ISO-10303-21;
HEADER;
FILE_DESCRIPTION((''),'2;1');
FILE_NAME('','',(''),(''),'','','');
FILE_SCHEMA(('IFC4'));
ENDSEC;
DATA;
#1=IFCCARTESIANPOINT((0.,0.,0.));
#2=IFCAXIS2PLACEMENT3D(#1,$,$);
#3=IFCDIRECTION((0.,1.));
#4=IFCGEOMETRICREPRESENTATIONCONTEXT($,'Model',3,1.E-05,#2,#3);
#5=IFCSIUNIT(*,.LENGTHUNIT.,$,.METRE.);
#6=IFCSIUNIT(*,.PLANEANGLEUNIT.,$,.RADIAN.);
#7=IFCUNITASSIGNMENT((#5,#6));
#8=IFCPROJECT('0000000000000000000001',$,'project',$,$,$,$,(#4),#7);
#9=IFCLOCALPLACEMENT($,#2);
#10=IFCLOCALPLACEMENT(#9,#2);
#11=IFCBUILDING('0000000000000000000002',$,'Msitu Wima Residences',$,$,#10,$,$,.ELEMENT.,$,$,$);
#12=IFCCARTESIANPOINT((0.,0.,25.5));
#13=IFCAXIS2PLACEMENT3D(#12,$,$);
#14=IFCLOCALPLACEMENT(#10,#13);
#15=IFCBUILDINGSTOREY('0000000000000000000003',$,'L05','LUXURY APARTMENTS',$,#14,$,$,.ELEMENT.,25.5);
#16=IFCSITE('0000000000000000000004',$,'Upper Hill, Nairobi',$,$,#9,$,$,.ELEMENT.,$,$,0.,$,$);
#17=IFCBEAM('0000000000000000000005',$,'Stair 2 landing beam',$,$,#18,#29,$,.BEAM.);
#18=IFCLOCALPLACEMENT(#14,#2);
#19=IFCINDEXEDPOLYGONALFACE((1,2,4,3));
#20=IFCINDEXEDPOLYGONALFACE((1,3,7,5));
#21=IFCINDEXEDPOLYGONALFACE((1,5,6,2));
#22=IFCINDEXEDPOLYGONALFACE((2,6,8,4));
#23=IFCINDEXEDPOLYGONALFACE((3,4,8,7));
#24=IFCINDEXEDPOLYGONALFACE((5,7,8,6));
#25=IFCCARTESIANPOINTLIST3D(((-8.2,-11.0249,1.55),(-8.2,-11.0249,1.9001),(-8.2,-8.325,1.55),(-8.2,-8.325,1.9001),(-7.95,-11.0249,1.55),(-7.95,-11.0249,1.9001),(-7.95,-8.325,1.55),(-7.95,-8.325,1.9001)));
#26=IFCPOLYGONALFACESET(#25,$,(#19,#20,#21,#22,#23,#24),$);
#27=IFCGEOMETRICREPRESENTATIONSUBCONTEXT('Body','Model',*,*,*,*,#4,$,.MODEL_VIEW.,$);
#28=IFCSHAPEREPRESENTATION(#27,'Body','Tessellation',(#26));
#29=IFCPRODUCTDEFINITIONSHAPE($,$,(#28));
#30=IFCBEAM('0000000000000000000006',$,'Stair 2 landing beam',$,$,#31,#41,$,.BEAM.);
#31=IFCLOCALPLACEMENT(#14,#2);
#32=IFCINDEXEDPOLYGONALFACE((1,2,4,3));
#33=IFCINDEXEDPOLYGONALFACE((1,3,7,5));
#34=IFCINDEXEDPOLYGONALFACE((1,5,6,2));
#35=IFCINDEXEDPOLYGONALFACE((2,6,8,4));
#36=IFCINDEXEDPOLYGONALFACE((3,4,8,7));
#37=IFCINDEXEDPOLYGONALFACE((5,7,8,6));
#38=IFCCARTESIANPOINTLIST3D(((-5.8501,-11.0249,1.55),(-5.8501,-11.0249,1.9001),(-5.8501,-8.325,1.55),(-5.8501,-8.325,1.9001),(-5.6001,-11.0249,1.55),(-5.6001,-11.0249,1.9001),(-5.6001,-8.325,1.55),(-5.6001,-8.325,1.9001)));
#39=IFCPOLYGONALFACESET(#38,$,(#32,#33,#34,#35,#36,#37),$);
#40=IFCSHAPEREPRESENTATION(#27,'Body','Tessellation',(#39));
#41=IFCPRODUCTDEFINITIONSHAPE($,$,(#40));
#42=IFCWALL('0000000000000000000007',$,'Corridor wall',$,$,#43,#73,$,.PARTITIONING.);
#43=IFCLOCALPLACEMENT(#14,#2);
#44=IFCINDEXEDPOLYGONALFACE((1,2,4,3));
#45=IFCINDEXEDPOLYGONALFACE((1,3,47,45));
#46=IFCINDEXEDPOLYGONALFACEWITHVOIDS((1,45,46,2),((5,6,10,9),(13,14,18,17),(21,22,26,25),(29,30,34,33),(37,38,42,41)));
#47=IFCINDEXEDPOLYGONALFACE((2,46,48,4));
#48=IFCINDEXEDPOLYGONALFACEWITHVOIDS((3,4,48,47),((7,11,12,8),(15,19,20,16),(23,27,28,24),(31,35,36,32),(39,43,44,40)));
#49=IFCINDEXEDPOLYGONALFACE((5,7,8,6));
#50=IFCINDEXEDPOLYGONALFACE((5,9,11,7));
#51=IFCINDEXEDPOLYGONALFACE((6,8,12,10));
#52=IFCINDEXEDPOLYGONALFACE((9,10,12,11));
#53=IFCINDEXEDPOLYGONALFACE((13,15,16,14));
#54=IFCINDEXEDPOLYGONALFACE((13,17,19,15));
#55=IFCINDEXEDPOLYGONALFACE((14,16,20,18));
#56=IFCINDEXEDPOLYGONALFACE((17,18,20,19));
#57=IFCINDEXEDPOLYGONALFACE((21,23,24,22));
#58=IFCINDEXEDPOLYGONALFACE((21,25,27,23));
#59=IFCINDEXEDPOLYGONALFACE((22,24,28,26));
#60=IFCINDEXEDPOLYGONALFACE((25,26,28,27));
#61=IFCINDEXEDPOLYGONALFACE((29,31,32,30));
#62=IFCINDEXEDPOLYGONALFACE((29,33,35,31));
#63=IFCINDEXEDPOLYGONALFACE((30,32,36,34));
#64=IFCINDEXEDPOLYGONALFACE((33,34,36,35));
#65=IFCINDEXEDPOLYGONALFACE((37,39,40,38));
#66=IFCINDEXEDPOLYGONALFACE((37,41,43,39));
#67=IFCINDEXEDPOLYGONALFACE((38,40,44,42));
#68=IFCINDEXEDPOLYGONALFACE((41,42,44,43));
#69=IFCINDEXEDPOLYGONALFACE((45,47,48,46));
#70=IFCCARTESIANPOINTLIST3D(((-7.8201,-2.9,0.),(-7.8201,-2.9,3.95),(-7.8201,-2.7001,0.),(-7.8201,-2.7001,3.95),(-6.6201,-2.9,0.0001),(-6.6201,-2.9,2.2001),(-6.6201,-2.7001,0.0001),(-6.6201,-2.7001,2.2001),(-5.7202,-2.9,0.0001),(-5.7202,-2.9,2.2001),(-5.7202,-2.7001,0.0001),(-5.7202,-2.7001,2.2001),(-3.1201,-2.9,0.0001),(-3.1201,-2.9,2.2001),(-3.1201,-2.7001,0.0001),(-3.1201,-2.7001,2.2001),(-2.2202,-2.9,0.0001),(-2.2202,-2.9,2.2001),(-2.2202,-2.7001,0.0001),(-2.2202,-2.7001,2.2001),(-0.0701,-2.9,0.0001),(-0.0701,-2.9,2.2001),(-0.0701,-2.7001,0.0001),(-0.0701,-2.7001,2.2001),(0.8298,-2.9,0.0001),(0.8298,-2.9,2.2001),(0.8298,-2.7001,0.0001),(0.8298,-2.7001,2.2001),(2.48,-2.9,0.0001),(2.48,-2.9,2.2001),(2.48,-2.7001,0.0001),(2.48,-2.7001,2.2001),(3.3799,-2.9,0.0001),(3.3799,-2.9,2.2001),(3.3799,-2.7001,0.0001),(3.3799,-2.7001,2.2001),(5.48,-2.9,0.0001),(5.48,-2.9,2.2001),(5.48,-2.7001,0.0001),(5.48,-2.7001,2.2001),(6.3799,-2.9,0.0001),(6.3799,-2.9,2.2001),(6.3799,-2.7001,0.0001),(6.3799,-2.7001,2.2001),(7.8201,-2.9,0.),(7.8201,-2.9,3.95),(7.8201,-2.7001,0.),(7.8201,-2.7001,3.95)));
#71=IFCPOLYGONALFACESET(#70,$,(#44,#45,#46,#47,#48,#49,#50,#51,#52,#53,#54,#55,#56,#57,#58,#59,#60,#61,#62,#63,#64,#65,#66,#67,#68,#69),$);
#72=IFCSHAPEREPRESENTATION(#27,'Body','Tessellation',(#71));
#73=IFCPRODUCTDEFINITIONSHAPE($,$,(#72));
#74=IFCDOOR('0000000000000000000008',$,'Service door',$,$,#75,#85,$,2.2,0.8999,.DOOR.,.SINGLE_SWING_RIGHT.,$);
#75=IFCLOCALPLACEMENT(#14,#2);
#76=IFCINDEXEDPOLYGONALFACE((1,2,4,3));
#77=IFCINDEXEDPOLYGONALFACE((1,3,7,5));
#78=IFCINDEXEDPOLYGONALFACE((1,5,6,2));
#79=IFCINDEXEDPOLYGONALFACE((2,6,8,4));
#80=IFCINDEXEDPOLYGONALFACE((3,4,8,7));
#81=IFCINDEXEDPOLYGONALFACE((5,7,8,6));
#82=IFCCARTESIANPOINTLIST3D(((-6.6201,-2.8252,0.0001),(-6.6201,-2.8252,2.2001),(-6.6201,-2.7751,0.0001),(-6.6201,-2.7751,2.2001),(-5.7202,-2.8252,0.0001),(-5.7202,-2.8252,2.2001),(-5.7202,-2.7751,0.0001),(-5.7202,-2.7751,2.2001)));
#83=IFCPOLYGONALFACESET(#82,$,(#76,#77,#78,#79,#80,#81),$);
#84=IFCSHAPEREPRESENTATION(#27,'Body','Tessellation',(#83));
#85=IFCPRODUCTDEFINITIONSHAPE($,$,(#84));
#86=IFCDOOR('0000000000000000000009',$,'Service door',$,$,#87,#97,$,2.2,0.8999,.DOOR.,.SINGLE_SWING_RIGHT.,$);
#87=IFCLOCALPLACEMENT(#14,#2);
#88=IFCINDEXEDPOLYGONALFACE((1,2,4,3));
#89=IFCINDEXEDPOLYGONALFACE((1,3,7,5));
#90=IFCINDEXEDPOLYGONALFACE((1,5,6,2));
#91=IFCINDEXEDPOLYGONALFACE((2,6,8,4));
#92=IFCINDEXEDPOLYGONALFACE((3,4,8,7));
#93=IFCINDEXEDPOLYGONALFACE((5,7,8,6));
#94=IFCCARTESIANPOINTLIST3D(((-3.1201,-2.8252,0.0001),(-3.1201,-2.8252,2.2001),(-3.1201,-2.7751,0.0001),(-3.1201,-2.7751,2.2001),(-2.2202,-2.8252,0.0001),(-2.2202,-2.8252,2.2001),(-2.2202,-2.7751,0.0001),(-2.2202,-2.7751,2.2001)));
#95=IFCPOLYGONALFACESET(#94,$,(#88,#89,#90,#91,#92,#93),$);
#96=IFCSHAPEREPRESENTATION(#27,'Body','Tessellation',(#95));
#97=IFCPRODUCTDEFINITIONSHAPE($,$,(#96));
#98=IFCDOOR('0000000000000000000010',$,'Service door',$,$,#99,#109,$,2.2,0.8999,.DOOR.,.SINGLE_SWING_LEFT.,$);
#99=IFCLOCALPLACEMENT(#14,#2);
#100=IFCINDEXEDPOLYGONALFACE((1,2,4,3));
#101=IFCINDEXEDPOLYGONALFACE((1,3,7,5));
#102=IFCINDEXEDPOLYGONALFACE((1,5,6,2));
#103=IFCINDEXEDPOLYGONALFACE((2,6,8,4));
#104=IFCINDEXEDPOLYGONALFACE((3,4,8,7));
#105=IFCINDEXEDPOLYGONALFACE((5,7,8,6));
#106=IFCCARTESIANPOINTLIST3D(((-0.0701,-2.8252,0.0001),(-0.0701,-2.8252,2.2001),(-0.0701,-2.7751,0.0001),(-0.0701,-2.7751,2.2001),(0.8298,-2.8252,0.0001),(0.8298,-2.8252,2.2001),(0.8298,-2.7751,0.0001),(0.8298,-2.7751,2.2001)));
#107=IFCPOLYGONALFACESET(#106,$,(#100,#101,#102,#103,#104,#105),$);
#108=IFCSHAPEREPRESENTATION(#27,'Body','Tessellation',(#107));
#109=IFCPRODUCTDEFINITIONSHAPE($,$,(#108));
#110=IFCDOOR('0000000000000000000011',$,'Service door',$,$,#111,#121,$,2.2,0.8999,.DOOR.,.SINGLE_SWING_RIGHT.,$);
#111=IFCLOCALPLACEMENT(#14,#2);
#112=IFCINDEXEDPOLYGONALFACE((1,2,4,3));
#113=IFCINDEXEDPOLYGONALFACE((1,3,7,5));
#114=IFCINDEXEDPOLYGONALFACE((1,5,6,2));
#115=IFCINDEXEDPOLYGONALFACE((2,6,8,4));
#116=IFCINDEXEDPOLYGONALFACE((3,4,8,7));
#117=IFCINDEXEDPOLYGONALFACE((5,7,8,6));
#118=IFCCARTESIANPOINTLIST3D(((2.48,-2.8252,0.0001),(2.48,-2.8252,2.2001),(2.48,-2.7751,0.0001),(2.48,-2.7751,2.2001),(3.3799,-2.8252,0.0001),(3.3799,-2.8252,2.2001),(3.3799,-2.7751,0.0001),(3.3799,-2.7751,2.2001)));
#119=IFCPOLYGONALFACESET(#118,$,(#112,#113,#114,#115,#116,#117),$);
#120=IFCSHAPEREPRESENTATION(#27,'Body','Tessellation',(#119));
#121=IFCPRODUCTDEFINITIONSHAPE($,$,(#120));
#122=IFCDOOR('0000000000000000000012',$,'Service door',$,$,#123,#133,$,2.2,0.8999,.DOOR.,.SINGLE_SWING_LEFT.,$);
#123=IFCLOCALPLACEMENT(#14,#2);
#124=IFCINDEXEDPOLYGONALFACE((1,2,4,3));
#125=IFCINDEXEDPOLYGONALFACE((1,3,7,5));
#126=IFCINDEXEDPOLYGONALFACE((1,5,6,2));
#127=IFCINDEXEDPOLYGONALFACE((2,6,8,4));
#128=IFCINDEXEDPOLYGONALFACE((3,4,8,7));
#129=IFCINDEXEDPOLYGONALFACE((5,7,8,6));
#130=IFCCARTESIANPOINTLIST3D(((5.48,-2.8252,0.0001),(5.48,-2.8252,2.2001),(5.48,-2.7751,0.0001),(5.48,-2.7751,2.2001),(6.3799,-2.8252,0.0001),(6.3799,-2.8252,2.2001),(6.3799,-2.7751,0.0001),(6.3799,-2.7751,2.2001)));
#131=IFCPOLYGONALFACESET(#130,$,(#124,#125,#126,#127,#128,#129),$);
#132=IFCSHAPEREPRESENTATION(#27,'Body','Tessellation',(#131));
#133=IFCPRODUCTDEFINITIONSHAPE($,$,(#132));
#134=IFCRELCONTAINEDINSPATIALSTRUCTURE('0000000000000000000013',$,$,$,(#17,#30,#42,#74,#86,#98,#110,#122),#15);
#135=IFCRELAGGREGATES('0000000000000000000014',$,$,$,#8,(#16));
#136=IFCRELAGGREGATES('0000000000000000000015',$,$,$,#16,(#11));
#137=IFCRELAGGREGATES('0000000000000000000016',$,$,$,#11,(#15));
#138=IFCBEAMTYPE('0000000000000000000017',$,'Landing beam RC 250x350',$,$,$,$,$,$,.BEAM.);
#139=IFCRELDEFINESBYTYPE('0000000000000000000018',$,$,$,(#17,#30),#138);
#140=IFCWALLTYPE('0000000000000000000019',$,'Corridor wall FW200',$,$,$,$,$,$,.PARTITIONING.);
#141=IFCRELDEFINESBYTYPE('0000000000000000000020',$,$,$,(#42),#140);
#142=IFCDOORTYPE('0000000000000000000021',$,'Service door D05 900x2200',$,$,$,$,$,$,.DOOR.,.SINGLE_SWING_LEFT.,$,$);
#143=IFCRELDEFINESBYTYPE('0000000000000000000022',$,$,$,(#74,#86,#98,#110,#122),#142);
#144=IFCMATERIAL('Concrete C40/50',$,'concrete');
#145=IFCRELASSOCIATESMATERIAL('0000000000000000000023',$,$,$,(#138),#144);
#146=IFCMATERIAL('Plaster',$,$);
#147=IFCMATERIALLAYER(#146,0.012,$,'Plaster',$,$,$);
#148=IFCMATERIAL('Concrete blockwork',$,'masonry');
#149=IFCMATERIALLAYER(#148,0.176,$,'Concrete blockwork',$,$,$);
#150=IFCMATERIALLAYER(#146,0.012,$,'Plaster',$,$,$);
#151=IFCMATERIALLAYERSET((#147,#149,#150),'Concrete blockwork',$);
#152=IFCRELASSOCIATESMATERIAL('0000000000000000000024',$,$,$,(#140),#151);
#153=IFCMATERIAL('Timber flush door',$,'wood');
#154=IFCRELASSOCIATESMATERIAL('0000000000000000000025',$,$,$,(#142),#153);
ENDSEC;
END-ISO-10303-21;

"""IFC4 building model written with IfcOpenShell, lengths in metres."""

from ifc_helpers import new_model, si_unit, direction, frame, frame_2d, origin, origin_2d, place, context, subcontext, project, spatial, rectangle, extrude, material, layer, layer_set, material_profile, profile_set, type_object, element, fill, save


model = new_model("IFC4")

# Units and contexts
model_context = context("Model", 3, precision=1e-05, world=origin(), true_north=direction((0.0, 1.0)))
body_context = subcontext(model_context, "Body", "Model", "MODEL_VIEW")
ifc_project = project(units=[si_unit("LENGTHUNIT", "METRE"), si_unit("PLANEANGLEUNIT", "RADIAN")], contexts=[model_context])

# Site, building, storey
site_placement = place(None, origin())
site = spatial("IfcSite", under=ifc_project, at=site_placement, Name="Upper Hill, Nairobi", CompositionType="ELEMENT", RefElevation=0.0)
building_placement = place(site_placement, origin())
building = spatial("IfcBuilding", under=site, at=building_placement, Name="Msitu Wima Residences", CompositionType="ELEMENT")
storey_placement = place(building_placement, frame((0.0, 0.0, 25.5)))
storey = spatial("IfcBuildingStorey", under=building, at=storey_placement, Name="L05", Description="LUXURY APARTMENTS", CompositionType="ELEMENT", Elevation=25.5)

# Beams
ifc_material_1 = material(Name="Concrete C40/50", Category="concrete")
ifc_material_profile = material_profile(ifc_material_1, rectangle(XDim=0.25, YDim=0.3501, at=origin_2d()), Name="RC 250x350")
ifc_profile_set = profile_set([ifc_material_profile], Name="Concrete C40/50")
beam_type = type_object("IfcBeamType", Name="Landing beam RC 250x350", PredefinedType="BEAM", material=ifc_profile_set)
for number, where, z_axis, x_axis, name in (
    (1, (-8.075, -11.0249, 1.7251), (0.0, 1.0, 0.0), (-1.0, 0.0, 0.0), "Stair 2 landing beam"),
    (2, (-5.7251, -11.0249, 1.7251), (0.0, 1.0, 0.0), (-1.0, 0.0, 0.0), "Stair 2 landing beam"),
):
    element("IfcBeam", number, at=place(storey_placement, frame(where, z_axis=z_axis, x_axis=x_axis)), inside=storey, type_object=beam_type, Name=name, PredefinedType="BEAM", context=body_context, shape_type="SweptSolid", body=[
        extrude(rectangle(XDim=0.25, YDim=0.3501, at=origin_2d()), origin(), (0.0, 0.0, 1.0), 2.7),
    ])

# Wall, openings, doors
ifc_material_2 = material(Name="Plaster")
ifc_layer_1 = layer(ifc_material_2, 0.012, Name="Plaster")
ifc_material_3 = material(Name="Concrete blockwork", Category="masonry")
ifc_layer_2 = layer(ifc_material_3, 0.176, Name="Concrete blockwork")
ifc_layer_3 = layer(ifc_material_2, 0.012, Name="Plaster")
ifc_layer_set_1 = layer_set([ifc_layer_1, ifc_layer_2, ifc_layer_3], Name="Concrete blockwork")
wall_type_1 = type_object("IfcWallType", Name="Corridor wall FW200", PredefinedType="PARTITIONING", material=ifc_layer_set_1)
wall_1_placement = place(storey_placement, frame((-7.8201, -2.8, 0.0), z_axis=(0.0, 0.0, 1.0), x_axis=(1.0, 0.0, 0.0)))
wall_1 = element("IfcWall", 3, at=wall_1_placement, inside=storey, type_object=wall_type_1, Name="Corridor wall", PredefinedType="PARTITIONING", context=body_context, shape_type="SweptSolid", body=[
    extrude(rectangle(XDim=15.6401, YDim=0.2, at=frame_2d((7.8201, 0.0))), origin(), (0.0, 0.0, 1.0), 3.95),
])
opening_1_placement = place(wall_1_placement, frame((1.2, 0.0, 0.0)))
opening_1 = element("IfcOpeningElement", 4, at=opening_1_placement, cuts=wall_1, PredefinedType="OPENING", context=body_context, shape_type="SweptSolid", body=[
    extrude(rectangle(XDim=0.8999, YDim=2.2, at=frame_2d((0.45, 1.1001))), frame((0.0, 0.1099, 0.0), z_axis=(0.0, -1.0, 0.0), x_axis=(1.0, 0.0, 0.0)), (0.0, 0.0, 1.0), 0.22),
])
opening_2_placement = place(wall_1_placement, frame((4.7, 0.0, 0.0)))
opening_2 = element("IfcOpeningElement", 5, at=opening_2_placement, cuts=wall_1, PredefinedType="OPENING", context=body_context, shape_type="SweptSolid", body=[
    extrude(rectangle(XDim=0.8999, YDim=2.2, at=frame_2d((0.45, 1.1001))), frame((0.0, 0.1099, 0.0), z_axis=(0.0, -1.0, 0.0), x_axis=(1.0, 0.0, 0.0)), (0.0, 0.0, 1.0), 0.22),
])
opening_3_placement = place(wall_1_placement, frame((7.75, 0.0, 0.0)))
opening_3 = element("IfcOpeningElement", 6, at=opening_3_placement, cuts=wall_1, PredefinedType="OPENING", context=body_context, shape_type="SweptSolid", body=[
    extrude(rectangle(XDim=0.8999, YDim=2.2, at=frame_2d((0.45, 1.1001))), frame((0.0, 0.1099, 0.0), z_axis=(0.0, -1.0, 0.0), x_axis=(1.0, 0.0, 0.0)), (0.0, 0.0, 1.0), 0.22),
])
opening_4_placement = place(wall_1_placement, frame((10.3, 0.0, 0.0)))
opening_4 = element("IfcOpeningElement", 7, at=opening_4_placement, cuts=wall_1, PredefinedType="OPENING", context=body_context, shape_type="SweptSolid", body=[
    extrude(rectangle(XDim=0.8999, YDim=2.2, at=frame_2d((0.45, 1.1001))), frame((0.0, 0.1099, 0.0), z_axis=(0.0, -1.0, 0.0), x_axis=(1.0, 0.0, 0.0)), (0.0, 0.0, 1.0), 0.22),
])
opening_5_placement = place(wall_1_placement, frame((13.3, 0.0, 0.0)))
opening_5 = element("IfcOpeningElement", 8, at=opening_5_placement, cuts=wall_1, PredefinedType="OPENING", context=body_context, shape_type="SweptSolid", body=[
    extrude(rectangle(XDim=0.8999, YDim=2.2, at=frame_2d((0.45, 1.1001))), frame((0.0, 0.1099, 0.0), z_axis=(0.0, -1.0, 0.0), x_axis=(1.0, 0.0, 0.0)), (0.0, 0.0, 1.0), 0.22),
])
ifc_material_4 = material(Name="Timber flush door", Category="wood")
door_type_1 = type_object("IfcDoorType", Name="Service door D05 900x2200", OperationType="SINGLE_SWING_LEFT", PredefinedType="DOOR", material=ifc_material_4)
door_1_placement = place(opening_1_placement, origin())
door_1 = element("IfcDoor", 9, at=door_1_placement, inside=storey, type_object=door_type_1, Name="Service door", OperationType="SINGLE_SWING_RIGHT", OverallHeight=2.2, OverallWidth=0.8999, PredefinedType="DOOR", context=body_context, shape_type="SweptSolid", body=[
    extrude(rectangle(XDim=0.8999, YDim=2.2, at=frame_2d((0.45, 1.1001))), frame((0.0, 0.0249, 0.0), z_axis=(0.0, -1.0, 0.0), x_axis=(1.0, 0.0, 0.0)), (0.0, 0.0, 1.0), 0.05),
])
fill(opening_1, door_1)
door_2_placement = place(opening_2_placement, origin())
door_2 = element("IfcDoor", 10, at=door_2_placement, inside=storey, type_object=door_type_1, Name="Service door", OperationType="SINGLE_SWING_RIGHT", OverallHeight=2.2, OverallWidth=0.8999, PredefinedType="DOOR", context=body_context, shape_type="SweptSolid", body=[
    extrude(rectangle(XDim=0.8999, YDim=2.2, at=frame_2d((0.45, 1.1001))), frame((0.0, 0.0249, 0.0), z_axis=(0.0, -1.0, 0.0), x_axis=(1.0, 0.0, 0.0)), (0.0, 0.0, 1.0), 0.05),
])
fill(opening_2, door_2)
door_3_placement = place(opening_3_placement, origin())
door_3 = element("IfcDoor", 11, at=door_3_placement, inside=storey, type_object=door_type_1, Name="Service door", OperationType="SINGLE_SWING_LEFT", OverallHeight=2.2, OverallWidth=0.8999, PredefinedType="DOOR", context=body_context, shape_type="SweptSolid", body=[
    extrude(rectangle(XDim=0.8999, YDim=2.2, at=frame_2d((0.45, 1.1001))), frame((0.0, 0.0249, 0.0), z_axis=(0.0, -1.0, 0.0), x_axis=(1.0, 0.0, 0.0)), (0.0, 0.0, 1.0), 0.05),
])
fill(opening_3, door_3)
door_4_placement = place(opening_4_placement, origin())
door_4 = element("IfcDoor", 12, at=door_4_placement, inside=storey, type_object=door_type_1, Name="Service door", OperationType="SINGLE_SWING_RIGHT", OverallHeight=2.2, OverallWidth=0.8999, PredefinedType="DOOR", context=body_context, shape_type="SweptSolid", body=[
    extrude(rectangle(XDim=0.8999, YDim=2.2, at=frame_2d((0.45, 1.1001))), frame((0.0, 0.0249, 0.0), z_axis=(0.0, -1.0, 0.0), x_axis=(1.0, 0.0, 0.0)), (0.0, 0.0, 1.0), 0.05),
])
fill(opening_4, door_4)
door_5_placement = place(opening_5_placement, origin())
door_5 = element("IfcDoor", 13, at=door_5_placement, inside=storey, type_object=door_type_1, Name="Service door", OperationType="SINGLE_SWING_LEFT", OverallHeight=2.2, OverallWidth=0.8999, PredefinedType="DOOR", context=body_context, shape_type="SweptSolid", body=[
    extrude(rectangle(XDim=0.8999, YDim=2.2, at=frame_2d((0.45, 1.1001))), frame((0.0, 0.0249, 0.0), z_axis=(0.0, -1.0, 0.0), x_axis=(1.0, 0.0, 0.0)), (0.0, 0.0, 1.0), 0.05),
])
fill(opening_5, door_5)

save(model, "model.ifc")
